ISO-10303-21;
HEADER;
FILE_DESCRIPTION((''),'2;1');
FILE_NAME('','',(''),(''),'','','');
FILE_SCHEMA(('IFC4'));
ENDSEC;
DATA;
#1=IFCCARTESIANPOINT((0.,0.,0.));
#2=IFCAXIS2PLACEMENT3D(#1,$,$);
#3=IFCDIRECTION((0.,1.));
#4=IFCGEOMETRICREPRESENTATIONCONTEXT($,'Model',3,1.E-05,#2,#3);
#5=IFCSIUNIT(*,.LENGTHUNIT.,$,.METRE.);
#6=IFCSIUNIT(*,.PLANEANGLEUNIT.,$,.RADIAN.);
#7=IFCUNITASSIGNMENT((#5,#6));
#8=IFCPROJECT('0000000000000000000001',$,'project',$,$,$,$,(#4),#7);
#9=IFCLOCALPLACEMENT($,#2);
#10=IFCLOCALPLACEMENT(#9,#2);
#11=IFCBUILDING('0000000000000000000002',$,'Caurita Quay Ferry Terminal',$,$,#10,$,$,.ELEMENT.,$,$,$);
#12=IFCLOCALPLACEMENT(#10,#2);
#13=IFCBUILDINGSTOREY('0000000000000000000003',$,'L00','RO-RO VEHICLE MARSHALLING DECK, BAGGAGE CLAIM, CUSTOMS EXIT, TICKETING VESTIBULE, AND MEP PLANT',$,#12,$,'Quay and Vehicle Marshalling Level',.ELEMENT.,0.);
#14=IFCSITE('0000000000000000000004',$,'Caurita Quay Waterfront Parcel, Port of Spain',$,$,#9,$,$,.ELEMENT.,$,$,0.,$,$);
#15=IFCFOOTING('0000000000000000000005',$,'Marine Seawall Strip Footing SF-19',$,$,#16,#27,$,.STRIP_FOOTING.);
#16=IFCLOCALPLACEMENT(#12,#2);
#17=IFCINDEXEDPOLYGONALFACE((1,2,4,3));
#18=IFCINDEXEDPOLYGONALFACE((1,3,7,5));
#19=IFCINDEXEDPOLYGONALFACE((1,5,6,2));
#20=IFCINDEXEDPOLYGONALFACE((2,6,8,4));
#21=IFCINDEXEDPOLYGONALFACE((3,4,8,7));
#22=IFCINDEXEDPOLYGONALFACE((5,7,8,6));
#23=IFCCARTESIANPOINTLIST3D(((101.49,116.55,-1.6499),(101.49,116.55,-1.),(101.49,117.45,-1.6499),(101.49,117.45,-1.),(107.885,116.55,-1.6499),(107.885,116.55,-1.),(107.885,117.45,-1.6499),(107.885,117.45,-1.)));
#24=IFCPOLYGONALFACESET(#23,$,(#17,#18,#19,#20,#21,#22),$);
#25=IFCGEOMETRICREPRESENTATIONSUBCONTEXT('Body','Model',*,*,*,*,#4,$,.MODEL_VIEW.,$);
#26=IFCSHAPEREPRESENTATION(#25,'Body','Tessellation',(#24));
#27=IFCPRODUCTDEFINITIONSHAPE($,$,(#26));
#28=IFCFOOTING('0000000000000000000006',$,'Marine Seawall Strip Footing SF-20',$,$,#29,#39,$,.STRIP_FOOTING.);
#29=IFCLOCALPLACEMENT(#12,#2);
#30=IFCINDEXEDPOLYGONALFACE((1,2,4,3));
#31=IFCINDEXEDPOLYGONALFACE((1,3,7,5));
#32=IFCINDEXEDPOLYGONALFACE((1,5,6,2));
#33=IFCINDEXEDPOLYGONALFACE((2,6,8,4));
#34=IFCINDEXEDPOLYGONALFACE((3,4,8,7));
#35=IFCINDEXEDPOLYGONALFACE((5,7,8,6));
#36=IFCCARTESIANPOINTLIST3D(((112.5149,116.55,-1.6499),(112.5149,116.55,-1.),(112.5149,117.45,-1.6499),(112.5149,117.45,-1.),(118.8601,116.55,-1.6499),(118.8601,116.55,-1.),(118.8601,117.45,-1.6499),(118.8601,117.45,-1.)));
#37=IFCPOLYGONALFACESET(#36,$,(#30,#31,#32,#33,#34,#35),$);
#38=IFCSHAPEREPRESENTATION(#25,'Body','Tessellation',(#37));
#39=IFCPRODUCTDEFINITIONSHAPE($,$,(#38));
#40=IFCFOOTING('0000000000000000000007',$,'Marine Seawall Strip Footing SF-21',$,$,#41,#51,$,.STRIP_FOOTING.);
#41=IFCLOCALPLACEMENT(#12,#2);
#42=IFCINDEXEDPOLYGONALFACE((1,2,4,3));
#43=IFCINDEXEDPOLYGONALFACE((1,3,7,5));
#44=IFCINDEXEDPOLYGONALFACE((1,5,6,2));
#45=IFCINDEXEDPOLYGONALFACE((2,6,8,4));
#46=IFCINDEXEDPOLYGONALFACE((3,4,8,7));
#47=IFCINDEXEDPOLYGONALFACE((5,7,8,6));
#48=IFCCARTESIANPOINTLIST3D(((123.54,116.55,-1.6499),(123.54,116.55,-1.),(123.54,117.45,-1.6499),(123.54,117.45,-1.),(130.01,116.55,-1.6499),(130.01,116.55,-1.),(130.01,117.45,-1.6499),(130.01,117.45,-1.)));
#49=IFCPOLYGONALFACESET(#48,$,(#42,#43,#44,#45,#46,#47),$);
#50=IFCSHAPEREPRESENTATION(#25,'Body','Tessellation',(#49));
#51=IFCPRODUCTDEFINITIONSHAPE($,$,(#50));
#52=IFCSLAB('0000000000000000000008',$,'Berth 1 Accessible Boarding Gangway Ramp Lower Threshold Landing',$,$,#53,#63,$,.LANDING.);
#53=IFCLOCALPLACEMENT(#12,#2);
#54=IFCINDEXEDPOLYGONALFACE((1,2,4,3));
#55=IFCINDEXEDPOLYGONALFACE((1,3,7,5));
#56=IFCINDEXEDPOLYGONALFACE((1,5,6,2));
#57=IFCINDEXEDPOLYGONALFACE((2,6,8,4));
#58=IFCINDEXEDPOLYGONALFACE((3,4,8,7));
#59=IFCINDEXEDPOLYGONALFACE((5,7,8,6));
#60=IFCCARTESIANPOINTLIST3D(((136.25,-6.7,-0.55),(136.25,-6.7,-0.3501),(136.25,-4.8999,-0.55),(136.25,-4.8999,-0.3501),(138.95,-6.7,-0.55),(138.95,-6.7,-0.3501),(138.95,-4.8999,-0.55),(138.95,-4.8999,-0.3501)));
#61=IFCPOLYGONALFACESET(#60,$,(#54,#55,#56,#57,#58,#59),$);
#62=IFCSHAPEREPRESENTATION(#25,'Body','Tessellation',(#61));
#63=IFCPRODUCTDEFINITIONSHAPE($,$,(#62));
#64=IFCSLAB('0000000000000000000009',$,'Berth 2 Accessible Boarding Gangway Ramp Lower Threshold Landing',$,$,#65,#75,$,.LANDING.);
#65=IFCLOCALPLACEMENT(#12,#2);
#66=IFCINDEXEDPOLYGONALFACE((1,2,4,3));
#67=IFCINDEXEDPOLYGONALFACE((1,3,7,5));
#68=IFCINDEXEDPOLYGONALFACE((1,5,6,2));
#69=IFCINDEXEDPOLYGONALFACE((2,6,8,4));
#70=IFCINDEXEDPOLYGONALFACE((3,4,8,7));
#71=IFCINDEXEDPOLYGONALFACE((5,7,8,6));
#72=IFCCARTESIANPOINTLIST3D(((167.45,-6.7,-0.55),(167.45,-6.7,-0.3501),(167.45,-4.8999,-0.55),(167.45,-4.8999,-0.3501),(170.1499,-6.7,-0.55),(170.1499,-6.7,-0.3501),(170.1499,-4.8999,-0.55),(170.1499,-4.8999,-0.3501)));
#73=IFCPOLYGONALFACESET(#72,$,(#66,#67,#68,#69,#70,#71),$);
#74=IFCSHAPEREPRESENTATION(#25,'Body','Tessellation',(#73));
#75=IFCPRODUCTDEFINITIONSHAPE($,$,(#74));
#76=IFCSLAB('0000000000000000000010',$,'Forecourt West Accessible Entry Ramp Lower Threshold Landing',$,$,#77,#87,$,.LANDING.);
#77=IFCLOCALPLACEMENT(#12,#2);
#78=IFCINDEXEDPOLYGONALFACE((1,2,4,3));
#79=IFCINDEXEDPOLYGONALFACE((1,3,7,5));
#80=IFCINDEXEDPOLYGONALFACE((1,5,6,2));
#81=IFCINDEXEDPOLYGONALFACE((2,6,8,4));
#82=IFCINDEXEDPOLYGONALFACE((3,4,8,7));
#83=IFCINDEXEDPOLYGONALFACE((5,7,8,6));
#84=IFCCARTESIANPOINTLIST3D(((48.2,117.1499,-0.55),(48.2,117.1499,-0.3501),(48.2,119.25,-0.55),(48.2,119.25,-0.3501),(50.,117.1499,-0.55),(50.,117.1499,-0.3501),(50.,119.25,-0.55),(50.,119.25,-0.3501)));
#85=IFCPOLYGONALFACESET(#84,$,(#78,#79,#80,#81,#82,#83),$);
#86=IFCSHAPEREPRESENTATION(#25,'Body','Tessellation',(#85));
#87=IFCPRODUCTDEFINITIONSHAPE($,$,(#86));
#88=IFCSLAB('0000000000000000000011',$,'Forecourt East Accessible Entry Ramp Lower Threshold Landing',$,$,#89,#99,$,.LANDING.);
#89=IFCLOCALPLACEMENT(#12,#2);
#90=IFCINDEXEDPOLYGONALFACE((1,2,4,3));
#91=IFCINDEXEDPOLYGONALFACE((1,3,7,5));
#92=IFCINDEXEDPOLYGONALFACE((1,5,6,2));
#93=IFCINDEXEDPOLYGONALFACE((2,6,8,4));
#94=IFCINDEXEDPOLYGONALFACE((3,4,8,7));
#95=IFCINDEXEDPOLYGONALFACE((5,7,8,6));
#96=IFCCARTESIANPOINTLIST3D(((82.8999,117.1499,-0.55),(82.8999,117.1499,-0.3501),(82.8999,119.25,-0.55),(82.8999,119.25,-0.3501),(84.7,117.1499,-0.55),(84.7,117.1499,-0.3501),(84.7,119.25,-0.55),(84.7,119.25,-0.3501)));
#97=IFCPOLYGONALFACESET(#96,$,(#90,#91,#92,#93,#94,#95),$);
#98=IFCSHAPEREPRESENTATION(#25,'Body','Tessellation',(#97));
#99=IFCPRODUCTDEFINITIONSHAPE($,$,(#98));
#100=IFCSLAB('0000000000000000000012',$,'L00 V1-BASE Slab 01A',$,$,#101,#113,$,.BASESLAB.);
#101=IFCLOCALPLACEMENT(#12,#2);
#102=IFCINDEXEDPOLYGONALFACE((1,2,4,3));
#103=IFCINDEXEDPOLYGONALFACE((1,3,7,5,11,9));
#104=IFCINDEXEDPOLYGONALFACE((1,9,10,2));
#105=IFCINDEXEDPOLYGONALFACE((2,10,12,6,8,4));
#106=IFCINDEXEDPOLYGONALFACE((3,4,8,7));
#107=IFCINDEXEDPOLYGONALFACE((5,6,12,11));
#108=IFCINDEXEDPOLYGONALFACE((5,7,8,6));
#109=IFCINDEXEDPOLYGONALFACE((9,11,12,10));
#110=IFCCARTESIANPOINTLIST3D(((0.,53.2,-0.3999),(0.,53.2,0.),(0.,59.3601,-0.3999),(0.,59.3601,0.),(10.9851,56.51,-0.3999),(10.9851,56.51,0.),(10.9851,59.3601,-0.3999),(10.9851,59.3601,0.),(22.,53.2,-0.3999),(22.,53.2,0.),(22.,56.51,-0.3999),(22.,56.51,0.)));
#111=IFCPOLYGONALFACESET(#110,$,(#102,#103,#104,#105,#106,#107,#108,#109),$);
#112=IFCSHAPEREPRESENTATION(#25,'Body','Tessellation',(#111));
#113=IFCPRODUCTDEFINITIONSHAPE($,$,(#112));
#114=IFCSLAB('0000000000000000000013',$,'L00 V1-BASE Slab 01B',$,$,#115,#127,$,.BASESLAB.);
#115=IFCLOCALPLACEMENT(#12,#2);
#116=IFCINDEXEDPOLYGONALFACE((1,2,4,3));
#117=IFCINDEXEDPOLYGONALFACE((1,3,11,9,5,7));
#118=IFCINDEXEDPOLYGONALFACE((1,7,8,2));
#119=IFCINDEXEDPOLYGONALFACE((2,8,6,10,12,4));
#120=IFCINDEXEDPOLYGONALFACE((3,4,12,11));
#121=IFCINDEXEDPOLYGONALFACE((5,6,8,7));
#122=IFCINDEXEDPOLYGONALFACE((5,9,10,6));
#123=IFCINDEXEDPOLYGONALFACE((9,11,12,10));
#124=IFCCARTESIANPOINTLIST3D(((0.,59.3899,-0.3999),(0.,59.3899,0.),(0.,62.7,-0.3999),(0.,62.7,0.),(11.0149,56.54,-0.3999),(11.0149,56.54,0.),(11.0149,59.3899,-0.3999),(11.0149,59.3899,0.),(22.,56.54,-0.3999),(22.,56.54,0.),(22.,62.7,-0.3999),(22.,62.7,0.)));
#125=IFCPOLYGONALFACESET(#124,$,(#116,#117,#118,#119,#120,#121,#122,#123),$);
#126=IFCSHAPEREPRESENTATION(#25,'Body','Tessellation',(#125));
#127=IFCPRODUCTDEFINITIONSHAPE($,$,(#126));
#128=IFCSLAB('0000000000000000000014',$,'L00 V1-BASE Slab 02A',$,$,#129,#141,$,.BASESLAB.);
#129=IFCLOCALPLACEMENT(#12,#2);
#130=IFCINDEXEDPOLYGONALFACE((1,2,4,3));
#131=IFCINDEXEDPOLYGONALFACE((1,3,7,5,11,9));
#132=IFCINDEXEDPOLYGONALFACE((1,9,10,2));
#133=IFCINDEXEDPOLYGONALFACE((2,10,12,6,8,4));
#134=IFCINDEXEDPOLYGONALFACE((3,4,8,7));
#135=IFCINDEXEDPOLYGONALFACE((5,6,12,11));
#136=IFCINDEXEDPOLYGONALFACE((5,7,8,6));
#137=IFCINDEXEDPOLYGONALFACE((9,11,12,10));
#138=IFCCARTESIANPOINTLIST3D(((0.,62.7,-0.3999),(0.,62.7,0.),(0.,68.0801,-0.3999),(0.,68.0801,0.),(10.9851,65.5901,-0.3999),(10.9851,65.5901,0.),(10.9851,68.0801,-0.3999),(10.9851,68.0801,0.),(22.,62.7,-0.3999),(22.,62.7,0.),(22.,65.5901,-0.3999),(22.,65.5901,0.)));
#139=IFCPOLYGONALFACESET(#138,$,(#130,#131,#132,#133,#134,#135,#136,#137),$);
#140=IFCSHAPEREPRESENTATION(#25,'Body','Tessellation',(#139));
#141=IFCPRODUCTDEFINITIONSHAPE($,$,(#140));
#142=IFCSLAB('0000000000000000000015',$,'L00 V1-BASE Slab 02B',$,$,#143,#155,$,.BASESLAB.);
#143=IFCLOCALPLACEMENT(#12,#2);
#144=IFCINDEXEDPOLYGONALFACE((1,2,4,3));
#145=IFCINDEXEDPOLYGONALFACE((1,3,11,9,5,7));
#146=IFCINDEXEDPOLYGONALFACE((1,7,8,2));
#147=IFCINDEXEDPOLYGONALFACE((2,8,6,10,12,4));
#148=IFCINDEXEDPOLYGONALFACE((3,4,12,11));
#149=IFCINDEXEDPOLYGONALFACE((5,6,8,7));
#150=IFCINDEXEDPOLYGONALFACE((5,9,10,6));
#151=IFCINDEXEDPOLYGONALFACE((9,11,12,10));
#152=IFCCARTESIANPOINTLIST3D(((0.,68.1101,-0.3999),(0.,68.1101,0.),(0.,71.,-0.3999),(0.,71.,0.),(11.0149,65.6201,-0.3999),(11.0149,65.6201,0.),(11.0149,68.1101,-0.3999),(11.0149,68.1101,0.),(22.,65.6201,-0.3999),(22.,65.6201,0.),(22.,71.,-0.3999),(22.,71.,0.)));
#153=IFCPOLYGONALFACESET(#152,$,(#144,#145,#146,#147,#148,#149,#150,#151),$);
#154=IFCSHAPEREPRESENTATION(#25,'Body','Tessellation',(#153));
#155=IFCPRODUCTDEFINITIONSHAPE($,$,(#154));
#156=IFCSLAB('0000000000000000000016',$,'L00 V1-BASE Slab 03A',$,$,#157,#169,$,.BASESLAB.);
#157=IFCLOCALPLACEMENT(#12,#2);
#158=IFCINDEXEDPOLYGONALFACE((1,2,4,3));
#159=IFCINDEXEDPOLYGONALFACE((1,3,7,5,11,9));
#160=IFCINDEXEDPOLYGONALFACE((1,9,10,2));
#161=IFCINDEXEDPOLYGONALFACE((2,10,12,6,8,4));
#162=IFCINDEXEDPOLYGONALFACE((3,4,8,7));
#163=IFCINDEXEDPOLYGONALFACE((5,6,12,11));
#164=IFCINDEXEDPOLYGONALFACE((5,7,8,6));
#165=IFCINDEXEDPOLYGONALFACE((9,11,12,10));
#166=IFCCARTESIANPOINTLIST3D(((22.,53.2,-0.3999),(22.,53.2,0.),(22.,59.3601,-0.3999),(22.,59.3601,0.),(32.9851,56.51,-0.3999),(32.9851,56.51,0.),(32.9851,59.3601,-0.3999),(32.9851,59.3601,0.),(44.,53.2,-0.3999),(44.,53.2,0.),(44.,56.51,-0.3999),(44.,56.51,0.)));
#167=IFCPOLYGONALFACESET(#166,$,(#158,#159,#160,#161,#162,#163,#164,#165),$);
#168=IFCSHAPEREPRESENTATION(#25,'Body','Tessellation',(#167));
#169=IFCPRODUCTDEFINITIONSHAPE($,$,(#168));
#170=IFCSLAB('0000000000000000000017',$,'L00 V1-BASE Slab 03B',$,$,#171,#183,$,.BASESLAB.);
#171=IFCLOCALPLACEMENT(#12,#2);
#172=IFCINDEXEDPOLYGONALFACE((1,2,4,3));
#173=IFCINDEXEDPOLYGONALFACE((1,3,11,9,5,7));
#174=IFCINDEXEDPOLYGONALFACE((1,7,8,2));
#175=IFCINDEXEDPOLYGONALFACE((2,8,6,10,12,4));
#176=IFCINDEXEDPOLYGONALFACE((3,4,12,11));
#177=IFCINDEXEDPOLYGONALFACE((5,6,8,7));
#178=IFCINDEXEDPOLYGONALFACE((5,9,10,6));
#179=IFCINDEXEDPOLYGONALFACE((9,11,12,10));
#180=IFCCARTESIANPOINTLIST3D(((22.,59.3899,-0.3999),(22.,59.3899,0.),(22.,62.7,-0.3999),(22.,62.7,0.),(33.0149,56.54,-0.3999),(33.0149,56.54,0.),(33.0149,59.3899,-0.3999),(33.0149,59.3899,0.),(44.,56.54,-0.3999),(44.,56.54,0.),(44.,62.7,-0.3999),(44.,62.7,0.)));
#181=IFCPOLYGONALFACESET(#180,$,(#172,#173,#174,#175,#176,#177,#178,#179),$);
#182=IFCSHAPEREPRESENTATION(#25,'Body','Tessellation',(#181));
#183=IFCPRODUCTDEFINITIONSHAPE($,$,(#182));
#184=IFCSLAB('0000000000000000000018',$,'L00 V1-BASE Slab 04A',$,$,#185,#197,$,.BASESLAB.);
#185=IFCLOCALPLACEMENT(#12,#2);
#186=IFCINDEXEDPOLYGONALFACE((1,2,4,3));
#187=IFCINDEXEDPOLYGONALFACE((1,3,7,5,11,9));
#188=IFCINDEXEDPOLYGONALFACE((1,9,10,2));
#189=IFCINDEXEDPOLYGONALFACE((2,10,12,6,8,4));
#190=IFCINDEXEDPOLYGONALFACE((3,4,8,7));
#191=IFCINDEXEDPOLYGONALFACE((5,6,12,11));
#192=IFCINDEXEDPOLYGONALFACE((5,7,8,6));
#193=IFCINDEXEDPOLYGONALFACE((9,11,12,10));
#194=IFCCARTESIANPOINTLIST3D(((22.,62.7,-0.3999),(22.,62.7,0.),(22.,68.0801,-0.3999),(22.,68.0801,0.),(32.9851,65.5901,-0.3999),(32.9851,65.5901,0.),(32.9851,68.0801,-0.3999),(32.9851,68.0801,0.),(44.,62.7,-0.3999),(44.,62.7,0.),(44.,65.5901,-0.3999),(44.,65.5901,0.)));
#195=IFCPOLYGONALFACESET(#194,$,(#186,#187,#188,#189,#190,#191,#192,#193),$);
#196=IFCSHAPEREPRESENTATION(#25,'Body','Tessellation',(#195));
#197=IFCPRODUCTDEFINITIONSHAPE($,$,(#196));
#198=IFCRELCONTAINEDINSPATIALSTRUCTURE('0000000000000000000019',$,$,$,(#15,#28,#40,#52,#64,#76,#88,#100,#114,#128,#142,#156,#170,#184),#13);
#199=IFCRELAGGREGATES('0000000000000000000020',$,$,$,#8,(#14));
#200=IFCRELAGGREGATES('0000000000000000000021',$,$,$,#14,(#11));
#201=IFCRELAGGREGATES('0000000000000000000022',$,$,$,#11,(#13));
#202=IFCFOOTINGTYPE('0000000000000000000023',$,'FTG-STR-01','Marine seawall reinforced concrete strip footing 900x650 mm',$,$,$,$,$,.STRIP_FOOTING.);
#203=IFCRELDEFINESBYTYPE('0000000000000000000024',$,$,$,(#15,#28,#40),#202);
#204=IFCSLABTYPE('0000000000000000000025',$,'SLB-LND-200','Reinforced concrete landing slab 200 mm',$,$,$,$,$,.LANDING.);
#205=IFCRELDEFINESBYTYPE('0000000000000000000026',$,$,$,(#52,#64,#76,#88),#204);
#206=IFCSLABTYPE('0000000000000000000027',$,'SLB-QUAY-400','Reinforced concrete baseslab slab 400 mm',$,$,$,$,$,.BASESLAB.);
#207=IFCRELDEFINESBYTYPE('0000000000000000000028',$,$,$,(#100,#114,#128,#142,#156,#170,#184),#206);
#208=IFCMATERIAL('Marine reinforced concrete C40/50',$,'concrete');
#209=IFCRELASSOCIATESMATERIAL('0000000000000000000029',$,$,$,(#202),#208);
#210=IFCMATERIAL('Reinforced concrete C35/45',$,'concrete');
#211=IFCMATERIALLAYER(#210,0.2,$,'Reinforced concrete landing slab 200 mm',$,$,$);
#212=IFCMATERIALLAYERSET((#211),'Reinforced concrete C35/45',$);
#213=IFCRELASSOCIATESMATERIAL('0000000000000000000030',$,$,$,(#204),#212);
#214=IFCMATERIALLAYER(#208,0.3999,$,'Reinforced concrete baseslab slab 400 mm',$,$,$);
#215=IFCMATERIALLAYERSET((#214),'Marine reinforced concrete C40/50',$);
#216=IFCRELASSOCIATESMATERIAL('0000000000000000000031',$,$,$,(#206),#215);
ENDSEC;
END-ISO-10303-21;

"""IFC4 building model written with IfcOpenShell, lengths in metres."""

from ifc_helpers import new_model, si_unit, direction, frame, origin, place, context, subcontext, project, spatial, polyline, outline, extrude, material, layer, layer_set, type_object, element, save


model = new_model("IFC4")

# Units and contexts
model_context = context("Model", 3, precision=1e-05, world=origin(), true_north=direction((0.0, 1.0)))
body_context = subcontext(model_context, "Body", "Model", "MODEL_VIEW")
ifc_project = project(units=[si_unit("LENGTHUNIT", "METRE"), si_unit("PLANEANGLEUNIT", "RADIAN")], contexts=[model_context])

# Site, building, storey
site_placement = place(None, origin())
site = spatial("IfcSite", under=ifc_project, at=site_placement, Name="Caurita Quay Waterfront Parcel, Port of Spain", CompositionType="ELEMENT", RefElevation=0.0)
building_placement = place(site_placement, origin())
building = spatial("IfcBuilding", under=site, at=building_placement, Name="Caurita Quay Ferry Terminal", CompositionType="ELEMENT")
storey_placement = place(building_placement, origin())
storey = spatial("IfcBuildingStorey", under=building, at=storey_placement, Name="L00", Description="RO-RO VEHICLE MARSHALLING DECK, BAGGAGE CLAIM, CUSTOMS EXIT, TICKETING VESTIBULE, AND MEP PLANT", LongName="Quay and Vehicle Marshalling Level", CompositionType="ELEMENT", Elevation=0.0)

# Footings
ifc_material_1 = material(Name="Marine reinforced concrete C40/50", Category="concrete")
footing_type = type_object("IfcFootingType", Name="FTG-STR-01", Description="Marine seawall reinforced concrete strip footing 900x650 mm", PredefinedType="STRIP_FOOTING", material=ifc_material_1)
footing_1_placement = place(storey_placement, frame((0.0, 0.0, -1.6499)))
element("IfcFooting", 1, at=footing_1_placement, inside=storey, type_object=footing_type, Name="Marine Seawall Strip Footing SF-19", PredefinedType="STRIP_FOOTING", context=body_context, shape_type="SweptSolid", body=[
    extrude(outline(polyline([(101.49, 116.55), (107.885, 116.55), (107.885, 117.45), (101.49, 117.45), (101.49, 116.55)])), origin(), (0.0, 0.0, 1.0), 0.6499),
])
footing_2_placement = place(storey_placement, frame((0.0, 0.0, -1.6499)))
element("IfcFooting", 2, at=footing_2_placement, inside=storey, type_object=footing_type, Name="Marine Seawall Strip Footing SF-20", PredefinedType="STRIP_FOOTING", context=body_context, shape_type="SweptSolid", body=[
    extrude(outline(polyline([(112.5149, 116.55), (118.8601, 116.55), (118.8601, 117.45), (112.5149, 117.45), (112.5149, 116.55)])), origin(), (0.0, 0.0, 1.0), 0.6499),
])
footing_3_placement = place(storey_placement, frame((0.0, 0.0, -1.6499)))
element("IfcFooting", 3, at=footing_3_placement, inside=storey, type_object=footing_type, Name="Marine Seawall Strip Footing SF-21", PredefinedType="STRIP_FOOTING", context=body_context, shape_type="SweptSolid", body=[
    extrude(outline(polyline([(123.54, 116.55), (130.01, 116.55), (130.01, 117.45), (123.54, 117.45), (123.54, 116.55)])), origin(), (0.0, 0.0, 1.0), 0.6499),
])

# Slabs
ifc_material_2 = material(Name="Reinforced concrete C35/45", Category="concrete")
ifc_layer_1 = layer(ifc_material_2, 0.2, Name="Reinforced concrete landing slab 200 mm")
ifc_layer_set_1 = layer_set([ifc_layer_1], Name="Reinforced concrete C35/45")
slab_type_1 = type_object("IfcSlabType", Name="SLB-LND-200", Description="Reinforced concrete landing slab 200 mm", PredefinedType="LANDING", material=ifc_layer_set_1)
slab_1_placement = place(storey_placement, frame((0.0, 0.0, -0.55)))
element("IfcSlab", 4, at=slab_1_placement, inside=storey, type_object=slab_type_1, Name="Berth 1 Accessible Boarding Gangway Ramp Lower Threshold Landing", PredefinedType="LANDING", context=body_context, shape_type="SweptSolid", body=[
    extrude(outline(polyline([(136.25, -6.7), (138.95, -6.7), (138.95, -4.8999), (136.25, -4.8999), (136.25, -6.7)])), origin(), (0.0, 0.0, 1.0), 0.2),
])
slab_2_placement = place(storey_placement, frame((0.0, 0.0, -0.55)))
element("IfcSlab", 5, at=slab_2_placement, inside=storey, type_object=slab_type_1, Name="Berth 2 Accessible Boarding Gangway Ramp Lower Threshold Landing", PredefinedType="LANDING", context=body_context, shape_type="SweptSolid", body=[
    extrude(outline(polyline([(167.45, -6.7), (170.1499, -6.7), (170.1499, -4.8999), (167.45, -4.8999), (167.45, -6.7)])), origin(), (0.0, 0.0, 1.0), 0.2),
])
slab_3_placement = place(storey_placement, frame((0.0, 0.0, -0.55)))
element("IfcSlab", 6, at=slab_3_placement, inside=storey, type_object=slab_type_1, Name="Forecourt West Accessible Entry Ramp Lower Threshold Landing", PredefinedType="LANDING", context=body_context, shape_type="SweptSolid", body=[
    extrude(outline(polyline([(48.2, 117.1499), (50.0, 117.1499), (50.0, 119.25), (48.2, 119.25), (48.2, 117.1499)])), origin(), (0.0, 0.0, 1.0), 0.2),
])
slab_4_placement = place(storey_placement, frame((0.0, 0.0, -0.55)))
element("IfcSlab", 7, at=slab_4_placement, inside=storey, type_object=slab_type_1, Name="Forecourt East Accessible Entry Ramp Lower Threshold Landing", PredefinedType="LANDING", context=body_context, shape_type="SweptSolid", body=[
    extrude(outline(polyline([(82.8999, 117.1499), (84.7, 117.1499), (84.7, 119.25), (82.8999, 119.25), (82.8999, 117.1499)])), origin(), (0.0, 0.0, 1.0), 0.2),
])
ifc_layer_2 = layer(ifc_material_1, 0.3999, Name="Reinforced concrete baseslab slab 400 mm")
ifc_layer_set_2 = layer_set([ifc_layer_2], Name="Marine reinforced concrete C40/50")
slab_type_2 = type_object("IfcSlabType", Name="SLB-QUAY-400", Description="Reinforced concrete baseslab slab 400 mm", PredefinedType="BASESLAB", material=ifc_layer_set_2)
slab_5_placement = place(storey_placement, frame((0.0, 0.0, -0.3999)))
element("IfcSlab", 8, at=slab_5_placement, inside=storey, type_object=slab_type_2, Name="L00 V1-BASE Slab 01A", PredefinedType="BASESLAB", context=body_context, shape_type="SweptSolid", body=[
    extrude(outline(polyline([(0.0, 53.2), (22.0, 53.2), (22.0, 56.51), (10.9851, 56.51), (10.9851, 59.3601), (0.0, 59.3601), (0.0, 53.2)])), origin(), (0.0, 0.0, 1.0), 0.3999),
])
slab_6_placement = place(storey_placement, frame((0.0, 0.0, -0.3999)))
element("IfcSlab", 9, at=slab_6_placement, inside=storey, type_object=slab_type_2, Name="L00 V1-BASE Slab 01B", PredefinedType="BASESLAB", context=body_context, shape_type="SweptSolid", body=[
    extrude(outline(polyline([(11.0149, 56.54), (22.0, 56.54), (22.0, 62.7), (0.0, 62.7), (0.0, 59.3899), (11.0149, 59.3899), (11.0149, 56.54)])), origin(), (0.0, 0.0, 1.0), 0.3999),
])
slab_7_placement = place(storey_placement, frame((0.0, 0.0, -0.3999)))
element("IfcSlab", 10, at=slab_7_placement, inside=storey, type_object=slab_type_2, Name="L00 V1-BASE Slab 02A", PredefinedType="BASESLAB", context=body_context, shape_type="SweptSolid", body=[
    extrude(outline(polyline([(0.0, 62.7), (22.0, 62.7), (22.0, 65.5901), (10.9851, 65.5901), (10.9851, 68.0801), (0.0, 68.0801), (0.0, 62.7)])), origin(), (0.0, 0.0, 1.0), 0.3999),
])
slab_8_placement = place(storey_placement, frame((0.0, 0.0, -0.3999)))
element("IfcSlab", 11, at=slab_8_placement, inside=storey, type_object=slab_type_2, Name="L00 V1-BASE Slab 02B", PredefinedType="BASESLAB", context=body_context, shape_type="SweptSolid", body=[
    extrude(outline(polyline([(11.0149, 65.6201), (22.0, 65.6201), (22.0, 71.0), (0.0, 71.0), (0.0, 68.1101), (11.0149, 68.1101), (11.0149, 65.6201)])), origin(), (0.0, 0.0, 1.0), 0.3999),
])
slab_9_placement = place(storey_placement, frame((0.0, 0.0, -0.3999)))
element("IfcSlab", 12, at=slab_9_placement, inside=storey, type_object=slab_type_2, Name="L00 V1-BASE Slab 03A", PredefinedType="BASESLAB", context=body_context, shape_type="SweptSolid", body=[
    extrude(outline(polyline([(22.0, 53.2), (44.0, 53.2), (44.0, 56.51), (32.9851, 56.51), (32.9851, 59.3601), (22.0, 59.3601), (22.0, 53.2)])), origin(), (0.0, 0.0, 1.0), 0.3999),
])
slab_10_placement = place(storey_placement, frame((0.0, 0.0, -0.3999)))
element("IfcSlab", 13, at=slab_10_placement, inside=storey, type_object=slab_type_2, Name="L00 V1-BASE Slab 03B", PredefinedType="BASESLAB", context=body_context, shape_type="SweptSolid", body=[
    extrude(outline(polyline([(33.0149, 56.54), (44.0, 56.54), (44.0, 62.7), (22.0, 62.7), (22.0, 59.3899), (33.0149, 59.3899), (33.0149, 56.54)])), origin(), (0.0, 0.0, 1.0), 0.3999),
])
slab_11_placement = place(storey_placement, frame((0.0, 0.0, -0.3999)))
element("IfcSlab", 14, at=slab_11_placement, inside=storey, type_object=slab_type_2, Name="L00 V1-BASE Slab 04A", PredefinedType="BASESLAB", context=body_context, shape_type="SweptSolid", body=[
    extrude(outline(polyline([(22.0, 62.7), (44.0, 62.7), (44.0, 65.5901), (32.9851, 65.5901), (32.9851, 68.0801), (22.0, 68.0801), (22.0, 62.7)])), origin(), (0.0, 0.0, 1.0), 0.3999),
])

save(model, "model.ifc")
